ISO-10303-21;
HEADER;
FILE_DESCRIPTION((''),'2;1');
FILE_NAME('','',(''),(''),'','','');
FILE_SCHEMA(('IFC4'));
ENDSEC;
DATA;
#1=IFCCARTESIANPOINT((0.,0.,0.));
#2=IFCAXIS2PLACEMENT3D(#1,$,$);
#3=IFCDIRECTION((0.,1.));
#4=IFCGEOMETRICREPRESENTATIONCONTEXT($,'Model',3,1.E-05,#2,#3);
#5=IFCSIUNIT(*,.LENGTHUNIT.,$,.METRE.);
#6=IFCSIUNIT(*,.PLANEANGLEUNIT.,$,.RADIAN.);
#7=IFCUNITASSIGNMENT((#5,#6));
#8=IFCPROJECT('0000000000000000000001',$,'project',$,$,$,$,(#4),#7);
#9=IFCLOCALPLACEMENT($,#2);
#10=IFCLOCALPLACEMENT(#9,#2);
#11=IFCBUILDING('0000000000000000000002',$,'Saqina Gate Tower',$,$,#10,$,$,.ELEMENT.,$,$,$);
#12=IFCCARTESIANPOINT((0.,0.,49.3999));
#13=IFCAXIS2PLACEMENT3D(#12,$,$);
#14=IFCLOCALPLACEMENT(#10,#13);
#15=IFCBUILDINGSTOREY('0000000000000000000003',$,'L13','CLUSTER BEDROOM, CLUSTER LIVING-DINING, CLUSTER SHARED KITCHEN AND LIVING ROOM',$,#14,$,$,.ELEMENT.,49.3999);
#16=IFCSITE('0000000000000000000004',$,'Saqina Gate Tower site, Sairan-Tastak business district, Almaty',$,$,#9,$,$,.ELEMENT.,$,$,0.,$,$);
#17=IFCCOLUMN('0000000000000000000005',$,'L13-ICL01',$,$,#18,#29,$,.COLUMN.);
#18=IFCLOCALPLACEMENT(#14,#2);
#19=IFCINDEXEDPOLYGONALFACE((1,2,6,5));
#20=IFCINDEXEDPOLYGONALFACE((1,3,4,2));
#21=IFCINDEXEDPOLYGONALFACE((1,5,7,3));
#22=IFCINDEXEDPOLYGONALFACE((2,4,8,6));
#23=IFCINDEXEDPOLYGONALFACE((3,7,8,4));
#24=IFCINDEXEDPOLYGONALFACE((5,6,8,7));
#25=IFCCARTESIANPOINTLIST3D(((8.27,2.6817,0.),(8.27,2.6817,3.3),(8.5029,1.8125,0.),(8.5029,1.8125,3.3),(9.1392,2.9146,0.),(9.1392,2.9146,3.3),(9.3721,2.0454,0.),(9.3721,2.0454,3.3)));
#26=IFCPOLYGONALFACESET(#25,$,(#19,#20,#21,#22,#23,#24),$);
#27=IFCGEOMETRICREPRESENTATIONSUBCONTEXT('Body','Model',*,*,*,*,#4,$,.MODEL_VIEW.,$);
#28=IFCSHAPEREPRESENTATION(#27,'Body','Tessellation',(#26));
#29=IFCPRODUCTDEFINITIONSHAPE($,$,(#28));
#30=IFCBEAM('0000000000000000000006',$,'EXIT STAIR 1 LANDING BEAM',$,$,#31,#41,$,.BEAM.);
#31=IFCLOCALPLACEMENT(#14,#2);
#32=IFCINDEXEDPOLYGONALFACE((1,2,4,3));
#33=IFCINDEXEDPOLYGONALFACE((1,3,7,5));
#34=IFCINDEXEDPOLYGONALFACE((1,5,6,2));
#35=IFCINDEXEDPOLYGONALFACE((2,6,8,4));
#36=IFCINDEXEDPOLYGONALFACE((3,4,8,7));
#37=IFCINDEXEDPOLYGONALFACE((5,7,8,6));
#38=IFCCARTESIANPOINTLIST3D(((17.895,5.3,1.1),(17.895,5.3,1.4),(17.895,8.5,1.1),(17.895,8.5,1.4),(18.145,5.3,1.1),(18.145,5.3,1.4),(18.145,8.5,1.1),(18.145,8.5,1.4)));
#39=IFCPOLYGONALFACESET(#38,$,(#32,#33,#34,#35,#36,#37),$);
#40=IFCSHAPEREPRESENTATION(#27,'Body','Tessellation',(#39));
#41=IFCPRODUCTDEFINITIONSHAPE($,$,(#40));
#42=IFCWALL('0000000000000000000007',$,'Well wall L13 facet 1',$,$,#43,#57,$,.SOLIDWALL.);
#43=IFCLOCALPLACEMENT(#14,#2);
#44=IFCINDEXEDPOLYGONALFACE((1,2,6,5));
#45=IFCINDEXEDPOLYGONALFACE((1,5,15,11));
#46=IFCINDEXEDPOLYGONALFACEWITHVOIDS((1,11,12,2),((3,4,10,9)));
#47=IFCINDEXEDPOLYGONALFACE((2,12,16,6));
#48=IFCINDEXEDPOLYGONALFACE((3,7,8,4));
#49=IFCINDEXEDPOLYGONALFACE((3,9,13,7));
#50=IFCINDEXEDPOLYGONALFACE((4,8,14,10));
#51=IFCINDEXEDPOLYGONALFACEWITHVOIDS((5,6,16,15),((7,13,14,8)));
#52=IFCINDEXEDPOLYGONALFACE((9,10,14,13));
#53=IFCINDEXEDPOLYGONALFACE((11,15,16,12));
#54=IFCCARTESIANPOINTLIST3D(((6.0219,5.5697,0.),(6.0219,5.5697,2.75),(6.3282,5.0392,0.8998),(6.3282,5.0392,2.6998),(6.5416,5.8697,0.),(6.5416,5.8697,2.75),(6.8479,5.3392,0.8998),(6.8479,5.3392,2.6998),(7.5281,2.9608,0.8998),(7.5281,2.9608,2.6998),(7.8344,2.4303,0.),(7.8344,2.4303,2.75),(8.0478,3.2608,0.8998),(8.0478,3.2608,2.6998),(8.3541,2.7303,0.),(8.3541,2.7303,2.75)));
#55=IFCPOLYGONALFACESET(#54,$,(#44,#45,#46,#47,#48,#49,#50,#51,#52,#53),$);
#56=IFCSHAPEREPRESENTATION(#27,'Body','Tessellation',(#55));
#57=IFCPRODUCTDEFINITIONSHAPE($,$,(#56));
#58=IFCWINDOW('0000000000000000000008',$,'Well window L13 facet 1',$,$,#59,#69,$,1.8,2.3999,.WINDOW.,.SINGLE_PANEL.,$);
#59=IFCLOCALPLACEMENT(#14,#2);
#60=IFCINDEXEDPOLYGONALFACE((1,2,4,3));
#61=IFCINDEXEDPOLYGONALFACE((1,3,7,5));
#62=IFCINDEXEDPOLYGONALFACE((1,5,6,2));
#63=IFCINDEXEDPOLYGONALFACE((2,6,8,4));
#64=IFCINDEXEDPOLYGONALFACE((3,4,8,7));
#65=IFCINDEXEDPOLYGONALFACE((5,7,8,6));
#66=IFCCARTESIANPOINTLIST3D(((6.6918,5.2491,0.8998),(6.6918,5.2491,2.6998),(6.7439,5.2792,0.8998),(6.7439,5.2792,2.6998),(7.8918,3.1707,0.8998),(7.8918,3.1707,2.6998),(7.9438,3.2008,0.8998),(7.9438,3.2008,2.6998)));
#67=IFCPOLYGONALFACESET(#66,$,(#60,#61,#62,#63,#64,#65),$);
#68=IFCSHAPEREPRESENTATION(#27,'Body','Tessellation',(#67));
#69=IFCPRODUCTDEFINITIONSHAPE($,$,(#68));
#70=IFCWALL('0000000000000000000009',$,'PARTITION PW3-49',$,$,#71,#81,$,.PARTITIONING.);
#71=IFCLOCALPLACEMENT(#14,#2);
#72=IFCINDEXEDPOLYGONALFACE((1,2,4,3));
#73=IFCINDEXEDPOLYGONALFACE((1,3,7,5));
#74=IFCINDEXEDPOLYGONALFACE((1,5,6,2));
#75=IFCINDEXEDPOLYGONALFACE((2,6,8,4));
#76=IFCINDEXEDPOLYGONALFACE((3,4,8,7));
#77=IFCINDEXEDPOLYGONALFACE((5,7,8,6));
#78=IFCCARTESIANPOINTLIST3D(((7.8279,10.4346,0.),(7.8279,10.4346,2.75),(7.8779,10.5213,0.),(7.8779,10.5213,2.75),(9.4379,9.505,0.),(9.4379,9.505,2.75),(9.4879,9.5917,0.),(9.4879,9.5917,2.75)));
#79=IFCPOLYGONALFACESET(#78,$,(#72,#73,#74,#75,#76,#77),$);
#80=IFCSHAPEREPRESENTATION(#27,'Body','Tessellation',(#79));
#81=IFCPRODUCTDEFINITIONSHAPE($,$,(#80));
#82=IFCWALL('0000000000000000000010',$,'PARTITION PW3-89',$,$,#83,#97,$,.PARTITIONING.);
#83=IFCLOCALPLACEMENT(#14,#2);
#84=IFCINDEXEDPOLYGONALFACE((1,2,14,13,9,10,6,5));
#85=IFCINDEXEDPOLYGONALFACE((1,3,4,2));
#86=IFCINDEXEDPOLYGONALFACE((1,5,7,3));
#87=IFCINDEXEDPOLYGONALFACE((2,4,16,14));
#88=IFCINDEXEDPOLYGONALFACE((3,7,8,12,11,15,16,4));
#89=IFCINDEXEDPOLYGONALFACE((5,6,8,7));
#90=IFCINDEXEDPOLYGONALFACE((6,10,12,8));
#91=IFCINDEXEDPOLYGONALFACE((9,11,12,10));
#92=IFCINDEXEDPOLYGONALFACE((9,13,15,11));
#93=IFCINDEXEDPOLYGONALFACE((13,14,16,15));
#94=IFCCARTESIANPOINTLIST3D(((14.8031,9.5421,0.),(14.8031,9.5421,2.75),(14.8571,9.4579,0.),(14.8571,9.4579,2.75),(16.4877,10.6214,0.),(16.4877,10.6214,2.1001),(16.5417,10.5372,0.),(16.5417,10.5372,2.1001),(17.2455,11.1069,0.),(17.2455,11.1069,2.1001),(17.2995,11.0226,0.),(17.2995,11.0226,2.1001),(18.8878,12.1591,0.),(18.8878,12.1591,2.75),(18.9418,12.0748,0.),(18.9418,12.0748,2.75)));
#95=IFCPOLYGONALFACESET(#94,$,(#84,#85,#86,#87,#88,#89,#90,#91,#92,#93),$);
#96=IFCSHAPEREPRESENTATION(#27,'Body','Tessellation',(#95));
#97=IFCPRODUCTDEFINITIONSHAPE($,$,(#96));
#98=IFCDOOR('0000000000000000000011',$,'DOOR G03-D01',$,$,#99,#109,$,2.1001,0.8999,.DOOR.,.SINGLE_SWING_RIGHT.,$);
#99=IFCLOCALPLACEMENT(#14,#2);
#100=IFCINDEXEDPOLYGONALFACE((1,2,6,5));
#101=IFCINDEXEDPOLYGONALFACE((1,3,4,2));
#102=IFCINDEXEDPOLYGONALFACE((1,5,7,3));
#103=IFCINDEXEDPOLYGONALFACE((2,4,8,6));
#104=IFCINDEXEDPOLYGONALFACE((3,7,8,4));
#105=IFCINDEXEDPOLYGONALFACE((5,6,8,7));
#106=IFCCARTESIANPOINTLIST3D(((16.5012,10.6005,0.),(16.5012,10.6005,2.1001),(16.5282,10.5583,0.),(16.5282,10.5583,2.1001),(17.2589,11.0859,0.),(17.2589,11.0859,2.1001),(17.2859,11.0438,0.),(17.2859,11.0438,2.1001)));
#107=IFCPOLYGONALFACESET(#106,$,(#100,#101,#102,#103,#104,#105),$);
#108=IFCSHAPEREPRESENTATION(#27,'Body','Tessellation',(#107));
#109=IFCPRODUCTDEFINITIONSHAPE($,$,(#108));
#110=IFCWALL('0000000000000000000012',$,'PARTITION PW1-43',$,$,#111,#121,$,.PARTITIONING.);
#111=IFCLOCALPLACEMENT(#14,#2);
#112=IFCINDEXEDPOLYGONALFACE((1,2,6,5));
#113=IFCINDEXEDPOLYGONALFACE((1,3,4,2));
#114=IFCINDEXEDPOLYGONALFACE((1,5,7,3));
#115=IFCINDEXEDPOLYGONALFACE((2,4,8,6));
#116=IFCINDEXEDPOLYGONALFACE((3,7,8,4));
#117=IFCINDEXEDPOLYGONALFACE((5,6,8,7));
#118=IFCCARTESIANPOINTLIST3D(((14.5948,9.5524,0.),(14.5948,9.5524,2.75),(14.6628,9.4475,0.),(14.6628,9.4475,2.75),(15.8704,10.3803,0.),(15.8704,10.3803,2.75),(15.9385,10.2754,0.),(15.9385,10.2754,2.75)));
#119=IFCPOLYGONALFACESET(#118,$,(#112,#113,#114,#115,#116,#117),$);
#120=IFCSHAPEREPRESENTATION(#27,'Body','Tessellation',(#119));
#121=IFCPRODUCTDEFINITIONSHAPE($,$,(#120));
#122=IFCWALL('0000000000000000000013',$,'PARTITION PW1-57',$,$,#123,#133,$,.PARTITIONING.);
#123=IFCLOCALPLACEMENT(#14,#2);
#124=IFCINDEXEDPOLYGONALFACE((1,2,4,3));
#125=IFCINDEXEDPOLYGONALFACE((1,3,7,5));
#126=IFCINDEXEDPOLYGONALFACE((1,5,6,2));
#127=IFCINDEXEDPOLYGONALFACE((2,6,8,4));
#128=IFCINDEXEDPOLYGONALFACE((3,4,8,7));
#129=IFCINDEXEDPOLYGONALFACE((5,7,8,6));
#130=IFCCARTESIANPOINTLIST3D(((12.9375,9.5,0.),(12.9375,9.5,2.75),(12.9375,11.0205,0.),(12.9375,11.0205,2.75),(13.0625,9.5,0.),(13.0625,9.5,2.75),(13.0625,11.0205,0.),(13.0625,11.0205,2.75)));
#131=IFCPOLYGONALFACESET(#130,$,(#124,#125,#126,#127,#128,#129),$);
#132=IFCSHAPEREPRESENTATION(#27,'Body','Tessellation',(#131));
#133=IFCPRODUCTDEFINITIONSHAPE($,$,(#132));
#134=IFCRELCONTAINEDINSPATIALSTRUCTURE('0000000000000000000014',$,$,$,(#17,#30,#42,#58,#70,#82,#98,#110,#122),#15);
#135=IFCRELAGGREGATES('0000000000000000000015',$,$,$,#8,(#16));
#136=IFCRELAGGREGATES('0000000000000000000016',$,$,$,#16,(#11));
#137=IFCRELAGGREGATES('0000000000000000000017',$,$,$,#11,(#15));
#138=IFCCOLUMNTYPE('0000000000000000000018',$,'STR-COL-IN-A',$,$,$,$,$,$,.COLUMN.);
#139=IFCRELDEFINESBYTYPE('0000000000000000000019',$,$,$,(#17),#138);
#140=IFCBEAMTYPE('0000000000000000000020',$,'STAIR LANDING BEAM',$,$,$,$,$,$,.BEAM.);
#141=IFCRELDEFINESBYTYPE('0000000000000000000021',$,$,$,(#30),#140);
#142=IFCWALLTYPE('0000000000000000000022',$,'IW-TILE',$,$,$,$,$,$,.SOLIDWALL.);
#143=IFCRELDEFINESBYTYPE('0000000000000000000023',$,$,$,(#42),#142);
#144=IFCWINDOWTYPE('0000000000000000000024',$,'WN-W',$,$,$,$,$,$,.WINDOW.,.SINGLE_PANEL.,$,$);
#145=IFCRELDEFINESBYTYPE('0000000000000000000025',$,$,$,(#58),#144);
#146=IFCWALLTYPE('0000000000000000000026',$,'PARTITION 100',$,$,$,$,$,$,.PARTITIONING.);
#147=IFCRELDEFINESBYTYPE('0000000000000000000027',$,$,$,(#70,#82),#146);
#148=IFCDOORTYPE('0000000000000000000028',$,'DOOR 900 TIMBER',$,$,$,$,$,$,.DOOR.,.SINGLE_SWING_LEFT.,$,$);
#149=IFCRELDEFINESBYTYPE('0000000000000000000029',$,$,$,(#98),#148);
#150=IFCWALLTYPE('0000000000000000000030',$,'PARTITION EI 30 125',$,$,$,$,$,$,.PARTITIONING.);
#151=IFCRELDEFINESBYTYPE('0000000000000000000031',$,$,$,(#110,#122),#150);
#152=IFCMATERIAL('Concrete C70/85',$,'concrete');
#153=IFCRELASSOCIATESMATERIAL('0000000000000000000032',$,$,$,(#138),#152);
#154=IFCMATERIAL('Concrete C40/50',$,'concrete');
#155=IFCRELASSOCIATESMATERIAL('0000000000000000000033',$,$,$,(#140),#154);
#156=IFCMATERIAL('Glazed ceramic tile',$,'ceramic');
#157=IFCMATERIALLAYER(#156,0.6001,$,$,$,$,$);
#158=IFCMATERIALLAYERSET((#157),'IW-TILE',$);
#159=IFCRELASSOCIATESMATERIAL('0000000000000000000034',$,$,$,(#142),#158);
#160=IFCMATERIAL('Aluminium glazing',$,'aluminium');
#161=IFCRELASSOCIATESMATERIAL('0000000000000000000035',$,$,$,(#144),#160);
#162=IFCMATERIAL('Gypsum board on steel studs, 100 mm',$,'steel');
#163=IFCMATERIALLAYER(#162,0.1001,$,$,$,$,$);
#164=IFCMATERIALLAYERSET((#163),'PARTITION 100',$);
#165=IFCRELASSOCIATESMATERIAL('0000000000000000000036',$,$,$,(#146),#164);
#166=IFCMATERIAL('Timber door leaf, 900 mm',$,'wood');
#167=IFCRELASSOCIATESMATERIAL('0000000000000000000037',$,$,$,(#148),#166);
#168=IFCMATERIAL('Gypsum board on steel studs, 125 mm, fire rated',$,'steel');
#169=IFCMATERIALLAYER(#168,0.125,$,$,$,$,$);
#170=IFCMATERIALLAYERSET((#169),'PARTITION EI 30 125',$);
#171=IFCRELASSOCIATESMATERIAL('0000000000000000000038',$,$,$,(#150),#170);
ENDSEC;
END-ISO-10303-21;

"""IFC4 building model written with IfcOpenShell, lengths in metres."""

from ifc_helpers import new_model, si_unit, direction, frame, frame_2d, origin, origin_2d, place, context, subcontext, project, spatial, rectangle, extrude, material, layer, layer_set, material_profile, profile_set, type_object, element, fill, save


model = new_model("IFC4")

# Units and contexts
model_context = context("Model", 3, precision=1e-05, world=origin(), true_north=direction((0.0, 1.0)))
body_context = subcontext(model_context, "Body", "Model", "MODEL_VIEW")
ifc_project = project(units=[si_unit("LENGTHUNIT", "METRE"), si_unit("PLANEANGLEUNIT", "RADIAN")], contexts=[model_context])

# Site, building, storey
site_placement = place(None, origin())
site = spatial("IfcSite", under=ifc_project, at=site_placement, Name="Saqina Gate Tower site, Sairan-Tastak business district, Almaty", CompositionType="ELEMENT", RefElevation=0.0)
building_placement = place(site_placement, origin())
building = spatial("IfcBuilding", under=site, at=building_placement, Name="Saqina Gate Tower", CompositionType="ELEMENT")
storey_placement = place(building_placement, frame((0.0, 0.0, 49.3999)))
storey = spatial("IfcBuildingStorey", under=building, at=storey_placement, Name="L13", Description="CLUSTER BEDROOM, CLUSTER LIVING-DINING, CLUSTER SHARED KITCHEN AND LIVING ROOM", CompositionType="ELEMENT", Elevation=49.3999)

# Column
ifc_material_1 = material(Name="Concrete C70/85", Category="concrete")
ifc_material_profile_1 = material_profile(ifc_material_1, rectangle(XDim=0.8999, YDim=0.8999, at=origin_2d()), Name="RC 900x900")
ifc_profile_set_1 = profile_set([ifc_material_profile_1], Name="Concrete C70/85")
column_type = type_object("IfcColumnType", Name="STR-COL-IN-A", PredefinedType="COLUMN", material=ifc_profile_set_1)
column_placement = place(storey_placement, frame((8.821, 2.3635, 0.0), z_axis=(0.0, 0.0, 1.0), x_axis=(0.965926, 0.258819, 0.0)))
element("IfcColumn", 1, at=column_placement, inside=storey, type_object=column_type, Name="L13-ICL01", PredefinedType="COLUMN", context=body_context, shape_type="SweptSolid", body=[
    extrude(rectangle(XDim=0.8999, YDim=0.8999, at=origin_2d()), origin(), (0.0, 0.0, 1.0), 3.3),
])

# Beam
ifc_material_2 = material(Name="Concrete C40/50", Category="concrete")
ifc_material_profile_2 = material_profile(ifc_material_2, rectangle(XDim=0.25, YDim=0.3, at=origin_2d()), Name="STAIR LANDING BEAM")
ifc_profile_set_2 = profile_set([ifc_material_profile_2], Name="Concrete C40/50")
beam_type = type_object("IfcBeamType", Name="STAIR LANDING BEAM", PredefinedType="BEAM", material=ifc_profile_set_2)
beam_placement = place(storey_placement, frame((18.02, 5.3, 1.25), z_axis=(0.0, 1.0, 0.0), x_axis=(-1.0, 0.0, 0.0)))
element("IfcBeam", 2, at=beam_placement, inside=storey, type_object=beam_type, Name="EXIT STAIR 1 LANDING BEAM", PredefinedType="BEAM", context=body_context, shape_type="SweptSolid", body=[
    extrude(rectangle(XDim=0.25, YDim=0.3, at=origin_2d()), origin(), (0.0, 0.0, 1.0), 3.2),
])

# Wall, opening, window
ifc_material_3 = material(Name="Glazed ceramic tile", Category="ceramic")
ifc_layer_1 = layer(ifc_material_3, 0.6001)
ifc_layer_set_1 = layer_set([ifc_layer_1], Name="IW-TILE")
wall_type_1 = type_object("IfcWallType", Name="IW-TILE", PredefinedType="SOLIDWALL", material=ifc_layer_set_1)
wall_1_placement = place(storey_placement, frame((8.0942, 2.5803, 0.0), z_axis=(0.0, 0.0, 1.0), x_axis=(-0.499993, 0.86603, 0.0)))
wall_1 = element("IfcWall", 3, at=wall_1_placement, inside=storey, type_object=wall_type_1, Name="Well wall L13 facet 1", PredefinedType="SOLIDWALL", context=body_context, shape_type="SweptSolid", body=[
    extrude(rectangle(XDim=3.625, YDim=0.6001, at=frame_2d((1.8125, 0.0))), origin(), (0.0, 0.0, 1.0), 2.75),
])
opening_1_placement = place(wall_1_placement, frame((0.6125, 0.0, 0.8999)))
opening_1 = element("IfcOpeningElement", 4, at=opening_1_placement, cuts=wall_1, PredefinedType="OPENING", context=body_context, shape_type="SweptSolid", body=[
    extrude(rectangle(XDim=2.3999, YDim=1.8, at=frame_2d((1.2, 0.8999))), frame((0.0, 0.312, 0.0), z_axis=(0.0, -1.0, 0.0), x_axis=(1.0, 0.0, 0.0)), (0.0, 0.0, 1.0), 0.624),
])
ifc_material_4 = material(Name="Aluminium glazing", Category="aluminium")
window_type = type_object("IfcWindowType", Name="WN-W", PartitioningType="SINGLE_PANEL", PredefinedType="WINDOW", material=ifc_material_4)
window_placement = place(opening_1_placement, origin())
window = element("IfcWindow", 5, at=window_placement, inside=storey, type_object=window_type, Name="Well window L13 facet 1", OverallHeight=1.8, OverallWidth=2.3999, PartitioningType="SINGLE_PANEL", PredefinedType="WINDOW", context=body_context, shape_type="SweptSolid", body=[
    extrude(rectangle(XDim=2.3999, YDim=1.8, at=frame_2d((1.2, 0.8999))), frame((0.0, -0.1199, 0.0), z_axis=(0.0, -1.0, 0.0), x_axis=(1.0, 0.0, 0.0)), (0.0, 0.0, 1.0), 0.0601),
])
fill(opening_1, window)

# Wall
ifc_material_5 = material(Name="Gypsum board on steel studs, 100 mm", Category="steel")
ifc_layer_2 = layer(ifc_material_5, 0.1001)
ifc_layer_set_2 = layer_set([ifc_layer_2], Name="PARTITION 100")
wall_type_2 = type_object("IfcWallType", Name="PARTITION 100", PredefinedType="PARTITIONING", material=ifc_layer_set_2)
wall_2_placement = place(storey_placement, frame((7.8528, 10.478, 0.0), z_axis=(0.0, 0.0, 1.0), x_axis=(0.866004, -0.500037, 0.0)))
element("IfcWall", 6, at=wall_2_placement, inside=storey, type_object=wall_type_2, Name="PARTITION PW3-49", PredefinedType="PARTITIONING", context=body_context, shape_type="SweptSolid", body=[
    extrude(rectangle(XDim=1.8591, YDim=0.1001, at=frame_2d((0.9297, 0.0))), origin(), (0.0, 0.0, 1.0), 2.75),
])

# Wall, opening, door
wall_3_placement = place(storey_placement, frame((14.8301, 9.5, 0.0), z_axis=(0.0, 0.0, 1.0), x_axis=(0.842016, 0.539452, 0.0)))
wall_3 = element("IfcWall", 7, at=wall_3_placement, inside=storey, type_object=wall_type_2, Name="PARTITION PW3-89", PredefinedType="PARTITIONING", context=body_context, shape_type="SweptSolid", body=[
    extrude(rectangle(XDim=4.8511, YDim=0.1001, at=frame_2d((2.4255, 0.0))), origin(), (0.0, 0.0, 1.0), 2.75),
])
opening_2_placement = place(wall_3_placement, frame((2.0007, 0.0, 0.0)))
opening_2 = element("IfcOpeningElement", 8, at=opening_2_placement, cuts=wall_3, PredefinedType="OPENING", context=body_context, shape_type="SweptSolid", body=[
    extrude(rectangle(XDim=0.8999, YDim=2.1001, at=frame_2d((0.45, 1.05))), frame((0.0, 0.062, 0.0), z_axis=(0.0, -1.0, 0.0), x_axis=(1.0, 0.0, 0.0)), (0.0, 0.0, 1.0), 0.124),
])
ifc_material_6 = material(Name="Timber door leaf, 900 mm", Category="wood")
door_type_1 = type_object("IfcDoorType", Name="DOOR 900 TIMBER", OperationType="SINGLE_SWING_LEFT", PredefinedType="DOOR", material=ifc_material_6)
door_1_placement = place(opening_2_placement, frame((0.8999, 0.0, 0.0), z_axis=(0.0, 0.0, 1.0), x_axis=(-1.0, 0.0, 0.0)))
door_1 = element("IfcDoor", 9, at=door_1_placement, inside=storey, type_object=door_type_1, Name="DOOR G03-D01", OperationType="SINGLE_SWING_RIGHT", OverallHeight=2.1001, OverallWidth=0.8999, PredefinedType="DOOR", context=body_context, shape_type="SweptSolid", body=[
    extrude(rectangle(XDim=0.8999, YDim=2.1001, at=frame_2d((0.45, 1.05))), frame((0.0, 0.0249, 0.0), z_axis=(0.0, -1.0, 0.0), x_axis=(1.0, 0.0, 0.0)), (0.0, 0.0, 1.0), 0.05),
])
fill(opening_2, door_1)

# Walls
ifc_material_7 = material(Name="Gypsum board on steel studs, 125 mm, fire rated", Category="steel")
ifc_layer_3 = layer(ifc_material_7, 0.125)
ifc_layer_set_3 = layer_set([ifc_layer_3], Name="PARTITION EI 30 125")
wall_type_3 = type_object("IfcWallType", Name="PARTITION EI 30 125", PredefinedType="PARTITIONING", material=ifc_layer_set_3)
wall_4_placement = place(storey_placement, frame((14.6289, 9.5, 0.0), z_axis=(0.0, 0.0, 1.0), x_axis=(0.838829, 0.544396, 0.0)))
element("IfcWall", 10, at=wall_4_placement, inside=storey, type_object=wall_type_3, Name="PARTITION PW1-43", PredefinedType="PARTITIONING", context=body_context, shape_type="SweptSolid", body=[
    extrude(rectangle(XDim=1.5208, YDim=0.125, at=frame_2d((0.7603, 0.0))), origin(), (0.0, 0.0, 1.0), 2.75),
])
wall_5_placement = place(storey_placement, frame((13.0, 9.5, 0.0), z_axis=(0.0, 0.0, 1.0), x_axis=(0.0, 1.0, 0.0)))
element("IfcWall", 11, at=wall_5_placement, inside=storey, type_object=wall_type_3, Name="PARTITION PW1-57", PredefinedType="PARTITIONING", context=body_context, shape_type="SweptSolid", body=[
    extrude(rectangle(XDim=1.5205, YDim=0.125, at=frame_2d((0.7603, 0.0))), origin(), (0.0, 0.0, 1.0), 2.75),
])

save(model, "model.ifc")
